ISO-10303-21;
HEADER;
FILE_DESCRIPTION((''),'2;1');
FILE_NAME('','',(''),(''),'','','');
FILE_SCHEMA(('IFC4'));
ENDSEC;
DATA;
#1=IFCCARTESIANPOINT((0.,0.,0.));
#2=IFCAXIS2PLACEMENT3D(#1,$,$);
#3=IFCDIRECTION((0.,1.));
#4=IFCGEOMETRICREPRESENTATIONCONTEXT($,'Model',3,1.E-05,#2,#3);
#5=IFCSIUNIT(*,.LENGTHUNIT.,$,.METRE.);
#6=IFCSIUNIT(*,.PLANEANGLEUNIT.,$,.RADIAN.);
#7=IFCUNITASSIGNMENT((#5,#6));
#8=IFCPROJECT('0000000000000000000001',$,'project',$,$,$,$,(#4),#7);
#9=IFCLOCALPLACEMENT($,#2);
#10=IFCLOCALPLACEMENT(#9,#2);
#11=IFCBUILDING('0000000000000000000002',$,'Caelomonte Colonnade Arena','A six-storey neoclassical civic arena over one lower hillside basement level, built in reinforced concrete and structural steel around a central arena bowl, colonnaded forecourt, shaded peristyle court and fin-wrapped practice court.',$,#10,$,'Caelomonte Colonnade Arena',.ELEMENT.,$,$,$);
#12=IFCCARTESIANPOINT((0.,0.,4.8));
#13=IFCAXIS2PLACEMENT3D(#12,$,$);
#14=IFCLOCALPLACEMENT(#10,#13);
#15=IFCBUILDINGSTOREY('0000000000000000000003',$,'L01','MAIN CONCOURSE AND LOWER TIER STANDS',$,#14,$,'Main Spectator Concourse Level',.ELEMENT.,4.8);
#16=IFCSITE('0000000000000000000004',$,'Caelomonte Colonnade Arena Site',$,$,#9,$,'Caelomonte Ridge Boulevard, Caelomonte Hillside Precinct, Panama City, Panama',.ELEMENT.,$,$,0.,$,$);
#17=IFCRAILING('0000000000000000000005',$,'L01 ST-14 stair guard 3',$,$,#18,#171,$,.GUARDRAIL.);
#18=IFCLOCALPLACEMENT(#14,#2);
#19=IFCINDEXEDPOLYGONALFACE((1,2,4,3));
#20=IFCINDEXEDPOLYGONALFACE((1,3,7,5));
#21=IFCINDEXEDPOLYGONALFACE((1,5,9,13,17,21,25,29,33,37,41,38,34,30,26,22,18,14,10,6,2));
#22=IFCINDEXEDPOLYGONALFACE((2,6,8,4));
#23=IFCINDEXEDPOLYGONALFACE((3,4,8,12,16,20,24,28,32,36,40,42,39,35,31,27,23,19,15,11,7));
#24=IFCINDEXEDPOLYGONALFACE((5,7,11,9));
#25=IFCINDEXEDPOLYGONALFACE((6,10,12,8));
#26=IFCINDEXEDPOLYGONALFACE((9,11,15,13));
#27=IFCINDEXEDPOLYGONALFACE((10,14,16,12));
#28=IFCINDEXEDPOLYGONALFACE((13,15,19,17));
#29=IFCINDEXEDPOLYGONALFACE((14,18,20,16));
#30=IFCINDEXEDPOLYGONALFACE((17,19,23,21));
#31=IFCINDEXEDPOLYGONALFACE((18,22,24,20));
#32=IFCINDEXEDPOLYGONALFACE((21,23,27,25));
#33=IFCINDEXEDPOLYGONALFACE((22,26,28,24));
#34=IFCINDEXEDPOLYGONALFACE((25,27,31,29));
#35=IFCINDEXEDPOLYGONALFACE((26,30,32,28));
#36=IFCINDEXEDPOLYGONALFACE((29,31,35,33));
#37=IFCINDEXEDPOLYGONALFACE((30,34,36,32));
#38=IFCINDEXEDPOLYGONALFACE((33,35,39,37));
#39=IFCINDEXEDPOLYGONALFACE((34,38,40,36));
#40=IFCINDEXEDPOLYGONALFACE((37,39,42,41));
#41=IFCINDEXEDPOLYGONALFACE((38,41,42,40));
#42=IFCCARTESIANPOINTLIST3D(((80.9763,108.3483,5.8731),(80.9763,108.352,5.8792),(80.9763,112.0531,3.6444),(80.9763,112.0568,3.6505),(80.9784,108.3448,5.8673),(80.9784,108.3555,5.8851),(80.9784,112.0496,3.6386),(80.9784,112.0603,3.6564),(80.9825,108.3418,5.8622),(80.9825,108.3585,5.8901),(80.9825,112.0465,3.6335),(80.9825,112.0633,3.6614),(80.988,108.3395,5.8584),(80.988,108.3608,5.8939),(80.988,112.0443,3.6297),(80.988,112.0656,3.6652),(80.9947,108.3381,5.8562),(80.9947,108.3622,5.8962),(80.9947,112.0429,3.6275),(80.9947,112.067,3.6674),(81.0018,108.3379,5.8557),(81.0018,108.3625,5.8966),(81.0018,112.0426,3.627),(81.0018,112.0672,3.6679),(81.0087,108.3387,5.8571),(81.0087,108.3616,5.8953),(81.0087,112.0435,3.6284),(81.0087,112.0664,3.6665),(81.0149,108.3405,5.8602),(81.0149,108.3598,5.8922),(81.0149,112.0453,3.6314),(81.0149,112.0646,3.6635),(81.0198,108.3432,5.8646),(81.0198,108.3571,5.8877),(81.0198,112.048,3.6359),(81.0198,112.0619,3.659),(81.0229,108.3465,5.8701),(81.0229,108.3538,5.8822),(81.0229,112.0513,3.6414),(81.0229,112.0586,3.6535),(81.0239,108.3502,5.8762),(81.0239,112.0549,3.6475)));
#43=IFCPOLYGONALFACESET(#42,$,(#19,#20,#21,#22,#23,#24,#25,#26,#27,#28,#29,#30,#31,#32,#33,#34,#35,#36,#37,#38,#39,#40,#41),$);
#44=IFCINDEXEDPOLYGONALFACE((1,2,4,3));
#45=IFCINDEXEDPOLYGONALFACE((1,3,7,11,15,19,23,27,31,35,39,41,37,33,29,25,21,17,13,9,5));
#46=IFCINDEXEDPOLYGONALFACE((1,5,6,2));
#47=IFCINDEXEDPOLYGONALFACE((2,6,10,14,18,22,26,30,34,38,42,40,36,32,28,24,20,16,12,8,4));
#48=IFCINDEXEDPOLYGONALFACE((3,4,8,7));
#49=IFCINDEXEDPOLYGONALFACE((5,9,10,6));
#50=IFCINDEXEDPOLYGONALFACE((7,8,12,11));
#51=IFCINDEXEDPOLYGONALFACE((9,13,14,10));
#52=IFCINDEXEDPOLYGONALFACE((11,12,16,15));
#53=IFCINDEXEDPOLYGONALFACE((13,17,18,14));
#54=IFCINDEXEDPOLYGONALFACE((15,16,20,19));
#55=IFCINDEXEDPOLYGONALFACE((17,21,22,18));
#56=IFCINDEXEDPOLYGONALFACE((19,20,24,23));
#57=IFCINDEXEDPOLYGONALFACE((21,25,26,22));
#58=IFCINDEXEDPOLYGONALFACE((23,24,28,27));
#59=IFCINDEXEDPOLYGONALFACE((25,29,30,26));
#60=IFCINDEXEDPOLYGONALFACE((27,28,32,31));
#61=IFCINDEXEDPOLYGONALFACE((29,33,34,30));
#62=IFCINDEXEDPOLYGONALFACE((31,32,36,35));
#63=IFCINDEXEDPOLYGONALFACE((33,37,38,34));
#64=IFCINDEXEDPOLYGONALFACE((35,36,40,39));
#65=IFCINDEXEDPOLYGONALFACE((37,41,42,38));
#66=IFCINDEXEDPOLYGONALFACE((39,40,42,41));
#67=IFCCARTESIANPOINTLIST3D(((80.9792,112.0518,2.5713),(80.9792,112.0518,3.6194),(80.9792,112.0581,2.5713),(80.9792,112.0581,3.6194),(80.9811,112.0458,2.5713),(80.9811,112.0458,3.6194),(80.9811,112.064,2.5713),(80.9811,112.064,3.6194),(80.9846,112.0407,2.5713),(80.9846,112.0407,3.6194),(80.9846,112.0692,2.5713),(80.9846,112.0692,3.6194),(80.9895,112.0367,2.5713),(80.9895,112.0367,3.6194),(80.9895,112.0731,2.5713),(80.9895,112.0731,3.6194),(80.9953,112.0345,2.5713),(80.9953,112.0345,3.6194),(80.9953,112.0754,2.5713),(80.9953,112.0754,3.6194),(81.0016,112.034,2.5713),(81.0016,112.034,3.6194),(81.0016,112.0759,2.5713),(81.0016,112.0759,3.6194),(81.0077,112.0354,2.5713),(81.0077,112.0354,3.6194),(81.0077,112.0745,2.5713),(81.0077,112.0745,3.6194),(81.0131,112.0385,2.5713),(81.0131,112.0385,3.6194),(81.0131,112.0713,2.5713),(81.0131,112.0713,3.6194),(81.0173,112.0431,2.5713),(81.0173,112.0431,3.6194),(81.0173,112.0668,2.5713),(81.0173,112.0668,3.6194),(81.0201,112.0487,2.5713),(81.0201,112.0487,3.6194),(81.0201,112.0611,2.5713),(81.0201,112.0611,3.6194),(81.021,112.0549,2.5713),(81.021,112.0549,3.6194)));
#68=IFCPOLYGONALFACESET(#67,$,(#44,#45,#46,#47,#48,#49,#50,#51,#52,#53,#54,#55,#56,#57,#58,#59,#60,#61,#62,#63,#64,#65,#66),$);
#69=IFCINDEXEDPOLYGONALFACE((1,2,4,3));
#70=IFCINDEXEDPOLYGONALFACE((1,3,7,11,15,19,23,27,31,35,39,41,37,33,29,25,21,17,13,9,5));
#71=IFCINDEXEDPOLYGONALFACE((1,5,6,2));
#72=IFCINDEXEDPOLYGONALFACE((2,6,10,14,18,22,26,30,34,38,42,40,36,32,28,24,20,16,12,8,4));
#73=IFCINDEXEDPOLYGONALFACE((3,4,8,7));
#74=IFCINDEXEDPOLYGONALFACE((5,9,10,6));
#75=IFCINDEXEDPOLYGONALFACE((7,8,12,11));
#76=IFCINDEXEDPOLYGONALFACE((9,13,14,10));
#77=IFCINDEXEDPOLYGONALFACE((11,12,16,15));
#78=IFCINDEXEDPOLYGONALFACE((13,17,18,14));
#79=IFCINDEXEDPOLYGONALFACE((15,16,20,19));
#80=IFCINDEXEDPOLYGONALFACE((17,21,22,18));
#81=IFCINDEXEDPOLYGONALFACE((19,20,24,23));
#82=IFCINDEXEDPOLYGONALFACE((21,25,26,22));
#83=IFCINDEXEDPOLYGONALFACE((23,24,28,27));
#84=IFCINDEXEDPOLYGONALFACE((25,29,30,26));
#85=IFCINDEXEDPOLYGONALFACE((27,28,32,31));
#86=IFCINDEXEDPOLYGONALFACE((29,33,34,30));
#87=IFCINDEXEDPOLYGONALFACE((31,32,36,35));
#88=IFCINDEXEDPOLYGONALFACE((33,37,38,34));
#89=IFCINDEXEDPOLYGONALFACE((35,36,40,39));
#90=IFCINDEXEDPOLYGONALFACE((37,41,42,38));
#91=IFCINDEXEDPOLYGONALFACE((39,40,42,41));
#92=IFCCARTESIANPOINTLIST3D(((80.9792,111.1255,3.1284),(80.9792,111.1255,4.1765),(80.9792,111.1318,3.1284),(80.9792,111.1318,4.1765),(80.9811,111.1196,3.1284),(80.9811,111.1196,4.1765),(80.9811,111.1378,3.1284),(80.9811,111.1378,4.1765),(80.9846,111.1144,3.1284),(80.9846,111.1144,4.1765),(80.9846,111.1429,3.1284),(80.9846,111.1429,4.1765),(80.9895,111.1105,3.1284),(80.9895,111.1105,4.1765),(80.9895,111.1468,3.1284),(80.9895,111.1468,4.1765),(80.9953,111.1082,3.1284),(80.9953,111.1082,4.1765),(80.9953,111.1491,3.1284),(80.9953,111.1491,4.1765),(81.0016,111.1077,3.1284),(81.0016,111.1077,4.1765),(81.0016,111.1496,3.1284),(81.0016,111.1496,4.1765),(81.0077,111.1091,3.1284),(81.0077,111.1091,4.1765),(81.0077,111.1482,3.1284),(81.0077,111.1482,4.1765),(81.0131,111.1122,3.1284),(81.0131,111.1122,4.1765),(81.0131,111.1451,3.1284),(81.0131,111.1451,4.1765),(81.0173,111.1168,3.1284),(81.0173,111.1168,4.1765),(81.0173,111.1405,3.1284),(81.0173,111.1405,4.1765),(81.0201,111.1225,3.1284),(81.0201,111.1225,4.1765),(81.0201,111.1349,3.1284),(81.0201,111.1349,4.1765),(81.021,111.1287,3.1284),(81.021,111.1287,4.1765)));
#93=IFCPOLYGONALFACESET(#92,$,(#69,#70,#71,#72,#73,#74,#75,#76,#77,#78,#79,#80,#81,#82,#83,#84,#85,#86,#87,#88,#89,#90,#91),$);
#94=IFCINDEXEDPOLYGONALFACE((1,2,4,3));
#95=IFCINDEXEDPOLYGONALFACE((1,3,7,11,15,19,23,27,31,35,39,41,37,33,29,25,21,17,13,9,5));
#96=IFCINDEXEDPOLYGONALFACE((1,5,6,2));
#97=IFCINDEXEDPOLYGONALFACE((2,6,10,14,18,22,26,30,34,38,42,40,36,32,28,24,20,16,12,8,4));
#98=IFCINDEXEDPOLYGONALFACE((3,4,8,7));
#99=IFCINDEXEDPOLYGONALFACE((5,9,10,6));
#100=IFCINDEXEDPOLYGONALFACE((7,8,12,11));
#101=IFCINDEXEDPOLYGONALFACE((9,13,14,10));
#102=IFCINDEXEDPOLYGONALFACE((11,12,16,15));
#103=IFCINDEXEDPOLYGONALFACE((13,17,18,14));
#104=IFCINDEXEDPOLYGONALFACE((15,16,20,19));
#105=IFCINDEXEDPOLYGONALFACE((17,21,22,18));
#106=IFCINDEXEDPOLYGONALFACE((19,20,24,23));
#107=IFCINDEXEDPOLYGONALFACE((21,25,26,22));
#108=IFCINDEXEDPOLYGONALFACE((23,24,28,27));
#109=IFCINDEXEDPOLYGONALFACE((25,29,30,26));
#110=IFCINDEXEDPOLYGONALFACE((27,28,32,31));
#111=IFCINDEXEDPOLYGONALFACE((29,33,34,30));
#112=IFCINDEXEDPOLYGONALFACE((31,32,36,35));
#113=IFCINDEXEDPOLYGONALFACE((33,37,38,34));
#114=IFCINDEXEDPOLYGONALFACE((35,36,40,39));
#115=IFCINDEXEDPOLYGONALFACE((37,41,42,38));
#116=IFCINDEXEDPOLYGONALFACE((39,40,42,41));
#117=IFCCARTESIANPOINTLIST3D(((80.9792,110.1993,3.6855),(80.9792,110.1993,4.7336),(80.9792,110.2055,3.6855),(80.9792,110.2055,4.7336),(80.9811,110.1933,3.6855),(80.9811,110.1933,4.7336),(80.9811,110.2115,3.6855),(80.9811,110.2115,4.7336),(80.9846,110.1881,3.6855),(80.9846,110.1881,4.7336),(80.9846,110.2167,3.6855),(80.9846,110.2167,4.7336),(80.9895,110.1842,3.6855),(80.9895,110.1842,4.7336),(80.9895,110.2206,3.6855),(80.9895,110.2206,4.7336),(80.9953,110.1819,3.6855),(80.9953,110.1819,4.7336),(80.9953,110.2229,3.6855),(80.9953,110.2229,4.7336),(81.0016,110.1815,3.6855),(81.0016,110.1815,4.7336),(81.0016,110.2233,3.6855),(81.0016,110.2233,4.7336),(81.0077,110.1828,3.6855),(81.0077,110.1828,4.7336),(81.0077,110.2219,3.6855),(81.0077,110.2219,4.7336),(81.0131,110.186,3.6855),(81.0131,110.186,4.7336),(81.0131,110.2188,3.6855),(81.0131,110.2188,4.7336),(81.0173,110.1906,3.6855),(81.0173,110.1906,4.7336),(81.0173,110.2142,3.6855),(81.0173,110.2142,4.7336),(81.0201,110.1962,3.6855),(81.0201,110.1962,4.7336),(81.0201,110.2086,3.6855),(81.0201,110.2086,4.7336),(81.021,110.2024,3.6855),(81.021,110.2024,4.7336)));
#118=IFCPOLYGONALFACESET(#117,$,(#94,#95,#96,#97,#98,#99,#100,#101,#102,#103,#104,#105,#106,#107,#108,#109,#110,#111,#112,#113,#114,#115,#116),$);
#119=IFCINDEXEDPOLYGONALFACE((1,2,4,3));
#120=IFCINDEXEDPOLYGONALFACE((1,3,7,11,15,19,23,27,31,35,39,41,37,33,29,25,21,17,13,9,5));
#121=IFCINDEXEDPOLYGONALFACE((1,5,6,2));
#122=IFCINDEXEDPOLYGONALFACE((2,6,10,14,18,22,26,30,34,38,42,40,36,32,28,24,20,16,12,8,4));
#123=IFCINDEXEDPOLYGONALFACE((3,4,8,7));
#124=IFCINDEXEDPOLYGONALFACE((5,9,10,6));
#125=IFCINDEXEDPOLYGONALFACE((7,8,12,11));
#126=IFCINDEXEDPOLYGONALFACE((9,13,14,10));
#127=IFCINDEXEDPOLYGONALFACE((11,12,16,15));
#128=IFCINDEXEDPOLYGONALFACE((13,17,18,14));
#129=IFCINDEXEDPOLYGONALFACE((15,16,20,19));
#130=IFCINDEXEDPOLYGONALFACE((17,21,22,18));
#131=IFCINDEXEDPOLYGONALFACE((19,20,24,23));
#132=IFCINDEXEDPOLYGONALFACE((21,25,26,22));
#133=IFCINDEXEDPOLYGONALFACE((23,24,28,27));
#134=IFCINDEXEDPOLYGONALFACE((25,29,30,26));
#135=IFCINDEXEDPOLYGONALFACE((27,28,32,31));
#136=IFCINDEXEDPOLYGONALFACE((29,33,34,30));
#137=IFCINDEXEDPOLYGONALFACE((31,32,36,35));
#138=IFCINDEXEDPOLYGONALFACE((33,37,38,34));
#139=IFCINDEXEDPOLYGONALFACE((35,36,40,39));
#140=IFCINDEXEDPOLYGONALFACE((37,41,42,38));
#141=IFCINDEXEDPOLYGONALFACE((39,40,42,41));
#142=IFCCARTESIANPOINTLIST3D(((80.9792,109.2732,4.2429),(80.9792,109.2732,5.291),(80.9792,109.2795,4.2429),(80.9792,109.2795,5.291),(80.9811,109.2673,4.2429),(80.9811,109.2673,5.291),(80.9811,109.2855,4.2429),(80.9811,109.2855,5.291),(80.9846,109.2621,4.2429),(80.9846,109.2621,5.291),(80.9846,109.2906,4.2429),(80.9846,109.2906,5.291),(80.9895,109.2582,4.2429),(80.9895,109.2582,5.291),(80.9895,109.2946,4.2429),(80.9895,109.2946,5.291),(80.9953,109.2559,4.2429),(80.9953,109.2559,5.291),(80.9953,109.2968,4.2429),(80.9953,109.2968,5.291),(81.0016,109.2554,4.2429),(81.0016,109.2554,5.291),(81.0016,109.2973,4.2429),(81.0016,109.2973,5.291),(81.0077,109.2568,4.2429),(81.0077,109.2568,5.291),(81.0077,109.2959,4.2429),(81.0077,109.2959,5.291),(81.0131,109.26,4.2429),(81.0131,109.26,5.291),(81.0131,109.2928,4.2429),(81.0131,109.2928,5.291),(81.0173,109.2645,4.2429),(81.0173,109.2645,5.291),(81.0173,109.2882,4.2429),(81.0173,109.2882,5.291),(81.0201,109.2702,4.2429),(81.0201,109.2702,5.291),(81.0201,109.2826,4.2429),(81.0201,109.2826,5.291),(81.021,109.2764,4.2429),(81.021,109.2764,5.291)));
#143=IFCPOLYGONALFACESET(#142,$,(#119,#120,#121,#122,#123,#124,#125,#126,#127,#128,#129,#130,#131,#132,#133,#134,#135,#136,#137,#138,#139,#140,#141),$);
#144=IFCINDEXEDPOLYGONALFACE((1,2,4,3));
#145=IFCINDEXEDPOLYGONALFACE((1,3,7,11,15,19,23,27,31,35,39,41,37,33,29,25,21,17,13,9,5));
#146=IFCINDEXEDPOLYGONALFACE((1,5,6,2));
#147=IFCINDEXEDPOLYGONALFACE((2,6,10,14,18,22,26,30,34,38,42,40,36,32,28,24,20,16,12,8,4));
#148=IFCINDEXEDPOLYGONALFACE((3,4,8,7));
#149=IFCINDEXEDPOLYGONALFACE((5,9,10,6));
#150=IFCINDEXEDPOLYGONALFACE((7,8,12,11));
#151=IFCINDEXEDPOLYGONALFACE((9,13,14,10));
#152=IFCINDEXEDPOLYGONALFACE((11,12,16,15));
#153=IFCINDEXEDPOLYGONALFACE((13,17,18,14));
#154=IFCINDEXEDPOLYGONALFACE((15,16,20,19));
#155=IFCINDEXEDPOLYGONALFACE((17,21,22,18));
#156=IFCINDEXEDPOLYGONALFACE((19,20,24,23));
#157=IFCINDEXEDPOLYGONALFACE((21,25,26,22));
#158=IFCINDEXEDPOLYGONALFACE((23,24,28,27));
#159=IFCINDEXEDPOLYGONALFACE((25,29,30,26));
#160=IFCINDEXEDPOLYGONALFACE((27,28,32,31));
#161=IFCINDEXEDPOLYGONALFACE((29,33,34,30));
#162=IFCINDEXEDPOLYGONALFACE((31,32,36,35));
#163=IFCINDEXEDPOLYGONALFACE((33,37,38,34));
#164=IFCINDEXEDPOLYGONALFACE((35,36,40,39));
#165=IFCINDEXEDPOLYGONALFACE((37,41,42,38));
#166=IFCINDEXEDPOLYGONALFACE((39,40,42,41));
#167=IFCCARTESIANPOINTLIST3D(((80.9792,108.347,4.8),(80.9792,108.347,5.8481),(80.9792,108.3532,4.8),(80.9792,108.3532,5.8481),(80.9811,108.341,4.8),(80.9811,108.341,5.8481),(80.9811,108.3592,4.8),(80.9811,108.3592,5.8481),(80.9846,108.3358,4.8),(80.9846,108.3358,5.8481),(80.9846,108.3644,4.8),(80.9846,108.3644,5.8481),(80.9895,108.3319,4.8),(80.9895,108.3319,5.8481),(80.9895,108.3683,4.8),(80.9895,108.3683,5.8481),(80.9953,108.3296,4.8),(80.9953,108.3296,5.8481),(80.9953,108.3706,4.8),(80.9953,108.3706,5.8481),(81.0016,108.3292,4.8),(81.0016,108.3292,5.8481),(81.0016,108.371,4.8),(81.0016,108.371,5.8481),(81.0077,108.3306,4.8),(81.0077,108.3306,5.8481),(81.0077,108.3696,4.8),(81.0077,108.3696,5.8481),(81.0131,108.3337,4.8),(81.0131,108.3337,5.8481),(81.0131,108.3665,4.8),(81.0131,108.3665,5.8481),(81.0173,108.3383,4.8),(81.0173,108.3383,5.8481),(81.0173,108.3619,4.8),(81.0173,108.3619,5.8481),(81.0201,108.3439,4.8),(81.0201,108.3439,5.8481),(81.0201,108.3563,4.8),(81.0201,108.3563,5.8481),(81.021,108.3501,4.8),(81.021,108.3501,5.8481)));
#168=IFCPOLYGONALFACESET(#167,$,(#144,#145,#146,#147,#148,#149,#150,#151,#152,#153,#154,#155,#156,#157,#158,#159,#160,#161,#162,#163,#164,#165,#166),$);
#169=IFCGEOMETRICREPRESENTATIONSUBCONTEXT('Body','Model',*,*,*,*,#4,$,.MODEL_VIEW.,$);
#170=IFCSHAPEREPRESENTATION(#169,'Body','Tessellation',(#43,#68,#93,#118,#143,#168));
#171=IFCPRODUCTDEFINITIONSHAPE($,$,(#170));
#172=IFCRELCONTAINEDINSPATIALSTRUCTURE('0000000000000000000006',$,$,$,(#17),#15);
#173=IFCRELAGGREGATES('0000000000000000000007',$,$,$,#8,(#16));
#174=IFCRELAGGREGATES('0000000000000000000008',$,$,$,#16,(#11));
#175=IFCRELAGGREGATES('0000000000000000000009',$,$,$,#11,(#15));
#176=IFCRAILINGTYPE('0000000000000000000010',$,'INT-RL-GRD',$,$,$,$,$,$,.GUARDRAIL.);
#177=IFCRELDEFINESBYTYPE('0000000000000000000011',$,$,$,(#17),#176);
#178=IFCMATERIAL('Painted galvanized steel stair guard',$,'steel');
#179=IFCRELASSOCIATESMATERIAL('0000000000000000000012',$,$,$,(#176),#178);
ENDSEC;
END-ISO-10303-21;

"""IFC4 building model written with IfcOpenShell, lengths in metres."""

from ifc_helpers import new_model, si_unit, direction, frame, origin, origin_2d, place, context, subcontext, project, spatial, circle, extrude, material, type_object, element, save


model = new_model("IFC4")

# Units and contexts
model_context = context("Model", 3, precision=1e-05, world=origin(), true_north=direction((0.0, 1.0)))
body_context = subcontext(model_context, "Body", "Model", "MODEL_VIEW")
ifc_project = project(units=[si_unit("LENGTHUNIT", "METRE"), si_unit("PLANEANGLEUNIT", "RADIAN")], contexts=[model_context])

# Site, building, storey
site_placement = place(None, origin())
site = spatial("IfcSite", under=ifc_project, at=site_placement, Name="Caelomonte Colonnade Arena Site", LongName="Caelomonte Ridge Boulevard, Caelomonte Hillside Precinct, Panama City, Panama", CompositionType="ELEMENT", RefElevation=0.0)
building_placement = place(site_placement, origin())
building = spatial("IfcBuilding", under=site, at=building_placement, Name="Caelomonte Colonnade Arena", Description="A six-storey neoclassical civic arena over one lower hillside basement level, built in reinforced concrete and structural steel around a central arena bowl, colonnaded forecourt, shaded peristyle court and fin-wrapped practice court.", LongName="Caelomonte Colonnade Arena", CompositionType="ELEMENT")
storey_placement = place(building_placement, frame((0.0, 0.0, 4.8)))
storey = spatial("IfcBuildingStorey", under=building, at=storey_placement, Name="L01", Description="MAIN CONCOURSE AND LOWER TIER STANDS", LongName="Main Spectator Concourse Level", CompositionType="ELEMENT", Elevation=4.8)

# Railing
ifc_material_1 = material(Name="Painted galvanized steel stair guard", Category="steel")
railing_type_1 = type_object("IfcRailingType", Name="INT-RL-GRD", PredefinedType="GUARDRAIL", material=ifc_material_1)
railing_1_placement = place(storey_placement, frame((81.0, 112.0549, 2.5713)))
element("IfcRailing", 1, at=railing_1_placement, inside=storey, type_object=railing_type_1, Name="L01 ST-14 stair guard 3", PredefinedType="GUARDRAIL", context=body_context, shape_type="SweptSolid", body=[
    extrude(circle(Radius=0.0239, at=origin_2d()), frame((0.0, 0.0, 1.0762), z_axis=(0.0, -0.856894, 0.515492), x_axis=(1.0, 0.0, 0.0)), (0.0, 0.0, 1.0), 4.3235),
    extrude(circle(Radius=0.021, at=origin_2d()), origin(), (0.0, 0.0, 1.0), 1.0481),
    extrude(circle(Radius=0.021, at=origin_2d()), frame((0.0, -0.9263, 0.5571)), (0.0, 0.0, 1.0), 1.0481),
    extrude(circle(Radius=0.021, at=origin_2d()), frame((0.0, -1.8525, 1.1143)), (0.0, 0.0, 1.0), 1.0481),
    extrude(circle(Radius=0.021, at=origin_2d()), frame((0.0, -2.7786, 1.6716)), (0.0, 0.0, 1.0), 1.0481),
    extrude(circle(Radius=0.021, at=origin_2d()), frame((0.0, -3.7048, 2.2288)), (0.0, 0.0, 1.0), 1.0481),
])

save(model, "model.ifc")
